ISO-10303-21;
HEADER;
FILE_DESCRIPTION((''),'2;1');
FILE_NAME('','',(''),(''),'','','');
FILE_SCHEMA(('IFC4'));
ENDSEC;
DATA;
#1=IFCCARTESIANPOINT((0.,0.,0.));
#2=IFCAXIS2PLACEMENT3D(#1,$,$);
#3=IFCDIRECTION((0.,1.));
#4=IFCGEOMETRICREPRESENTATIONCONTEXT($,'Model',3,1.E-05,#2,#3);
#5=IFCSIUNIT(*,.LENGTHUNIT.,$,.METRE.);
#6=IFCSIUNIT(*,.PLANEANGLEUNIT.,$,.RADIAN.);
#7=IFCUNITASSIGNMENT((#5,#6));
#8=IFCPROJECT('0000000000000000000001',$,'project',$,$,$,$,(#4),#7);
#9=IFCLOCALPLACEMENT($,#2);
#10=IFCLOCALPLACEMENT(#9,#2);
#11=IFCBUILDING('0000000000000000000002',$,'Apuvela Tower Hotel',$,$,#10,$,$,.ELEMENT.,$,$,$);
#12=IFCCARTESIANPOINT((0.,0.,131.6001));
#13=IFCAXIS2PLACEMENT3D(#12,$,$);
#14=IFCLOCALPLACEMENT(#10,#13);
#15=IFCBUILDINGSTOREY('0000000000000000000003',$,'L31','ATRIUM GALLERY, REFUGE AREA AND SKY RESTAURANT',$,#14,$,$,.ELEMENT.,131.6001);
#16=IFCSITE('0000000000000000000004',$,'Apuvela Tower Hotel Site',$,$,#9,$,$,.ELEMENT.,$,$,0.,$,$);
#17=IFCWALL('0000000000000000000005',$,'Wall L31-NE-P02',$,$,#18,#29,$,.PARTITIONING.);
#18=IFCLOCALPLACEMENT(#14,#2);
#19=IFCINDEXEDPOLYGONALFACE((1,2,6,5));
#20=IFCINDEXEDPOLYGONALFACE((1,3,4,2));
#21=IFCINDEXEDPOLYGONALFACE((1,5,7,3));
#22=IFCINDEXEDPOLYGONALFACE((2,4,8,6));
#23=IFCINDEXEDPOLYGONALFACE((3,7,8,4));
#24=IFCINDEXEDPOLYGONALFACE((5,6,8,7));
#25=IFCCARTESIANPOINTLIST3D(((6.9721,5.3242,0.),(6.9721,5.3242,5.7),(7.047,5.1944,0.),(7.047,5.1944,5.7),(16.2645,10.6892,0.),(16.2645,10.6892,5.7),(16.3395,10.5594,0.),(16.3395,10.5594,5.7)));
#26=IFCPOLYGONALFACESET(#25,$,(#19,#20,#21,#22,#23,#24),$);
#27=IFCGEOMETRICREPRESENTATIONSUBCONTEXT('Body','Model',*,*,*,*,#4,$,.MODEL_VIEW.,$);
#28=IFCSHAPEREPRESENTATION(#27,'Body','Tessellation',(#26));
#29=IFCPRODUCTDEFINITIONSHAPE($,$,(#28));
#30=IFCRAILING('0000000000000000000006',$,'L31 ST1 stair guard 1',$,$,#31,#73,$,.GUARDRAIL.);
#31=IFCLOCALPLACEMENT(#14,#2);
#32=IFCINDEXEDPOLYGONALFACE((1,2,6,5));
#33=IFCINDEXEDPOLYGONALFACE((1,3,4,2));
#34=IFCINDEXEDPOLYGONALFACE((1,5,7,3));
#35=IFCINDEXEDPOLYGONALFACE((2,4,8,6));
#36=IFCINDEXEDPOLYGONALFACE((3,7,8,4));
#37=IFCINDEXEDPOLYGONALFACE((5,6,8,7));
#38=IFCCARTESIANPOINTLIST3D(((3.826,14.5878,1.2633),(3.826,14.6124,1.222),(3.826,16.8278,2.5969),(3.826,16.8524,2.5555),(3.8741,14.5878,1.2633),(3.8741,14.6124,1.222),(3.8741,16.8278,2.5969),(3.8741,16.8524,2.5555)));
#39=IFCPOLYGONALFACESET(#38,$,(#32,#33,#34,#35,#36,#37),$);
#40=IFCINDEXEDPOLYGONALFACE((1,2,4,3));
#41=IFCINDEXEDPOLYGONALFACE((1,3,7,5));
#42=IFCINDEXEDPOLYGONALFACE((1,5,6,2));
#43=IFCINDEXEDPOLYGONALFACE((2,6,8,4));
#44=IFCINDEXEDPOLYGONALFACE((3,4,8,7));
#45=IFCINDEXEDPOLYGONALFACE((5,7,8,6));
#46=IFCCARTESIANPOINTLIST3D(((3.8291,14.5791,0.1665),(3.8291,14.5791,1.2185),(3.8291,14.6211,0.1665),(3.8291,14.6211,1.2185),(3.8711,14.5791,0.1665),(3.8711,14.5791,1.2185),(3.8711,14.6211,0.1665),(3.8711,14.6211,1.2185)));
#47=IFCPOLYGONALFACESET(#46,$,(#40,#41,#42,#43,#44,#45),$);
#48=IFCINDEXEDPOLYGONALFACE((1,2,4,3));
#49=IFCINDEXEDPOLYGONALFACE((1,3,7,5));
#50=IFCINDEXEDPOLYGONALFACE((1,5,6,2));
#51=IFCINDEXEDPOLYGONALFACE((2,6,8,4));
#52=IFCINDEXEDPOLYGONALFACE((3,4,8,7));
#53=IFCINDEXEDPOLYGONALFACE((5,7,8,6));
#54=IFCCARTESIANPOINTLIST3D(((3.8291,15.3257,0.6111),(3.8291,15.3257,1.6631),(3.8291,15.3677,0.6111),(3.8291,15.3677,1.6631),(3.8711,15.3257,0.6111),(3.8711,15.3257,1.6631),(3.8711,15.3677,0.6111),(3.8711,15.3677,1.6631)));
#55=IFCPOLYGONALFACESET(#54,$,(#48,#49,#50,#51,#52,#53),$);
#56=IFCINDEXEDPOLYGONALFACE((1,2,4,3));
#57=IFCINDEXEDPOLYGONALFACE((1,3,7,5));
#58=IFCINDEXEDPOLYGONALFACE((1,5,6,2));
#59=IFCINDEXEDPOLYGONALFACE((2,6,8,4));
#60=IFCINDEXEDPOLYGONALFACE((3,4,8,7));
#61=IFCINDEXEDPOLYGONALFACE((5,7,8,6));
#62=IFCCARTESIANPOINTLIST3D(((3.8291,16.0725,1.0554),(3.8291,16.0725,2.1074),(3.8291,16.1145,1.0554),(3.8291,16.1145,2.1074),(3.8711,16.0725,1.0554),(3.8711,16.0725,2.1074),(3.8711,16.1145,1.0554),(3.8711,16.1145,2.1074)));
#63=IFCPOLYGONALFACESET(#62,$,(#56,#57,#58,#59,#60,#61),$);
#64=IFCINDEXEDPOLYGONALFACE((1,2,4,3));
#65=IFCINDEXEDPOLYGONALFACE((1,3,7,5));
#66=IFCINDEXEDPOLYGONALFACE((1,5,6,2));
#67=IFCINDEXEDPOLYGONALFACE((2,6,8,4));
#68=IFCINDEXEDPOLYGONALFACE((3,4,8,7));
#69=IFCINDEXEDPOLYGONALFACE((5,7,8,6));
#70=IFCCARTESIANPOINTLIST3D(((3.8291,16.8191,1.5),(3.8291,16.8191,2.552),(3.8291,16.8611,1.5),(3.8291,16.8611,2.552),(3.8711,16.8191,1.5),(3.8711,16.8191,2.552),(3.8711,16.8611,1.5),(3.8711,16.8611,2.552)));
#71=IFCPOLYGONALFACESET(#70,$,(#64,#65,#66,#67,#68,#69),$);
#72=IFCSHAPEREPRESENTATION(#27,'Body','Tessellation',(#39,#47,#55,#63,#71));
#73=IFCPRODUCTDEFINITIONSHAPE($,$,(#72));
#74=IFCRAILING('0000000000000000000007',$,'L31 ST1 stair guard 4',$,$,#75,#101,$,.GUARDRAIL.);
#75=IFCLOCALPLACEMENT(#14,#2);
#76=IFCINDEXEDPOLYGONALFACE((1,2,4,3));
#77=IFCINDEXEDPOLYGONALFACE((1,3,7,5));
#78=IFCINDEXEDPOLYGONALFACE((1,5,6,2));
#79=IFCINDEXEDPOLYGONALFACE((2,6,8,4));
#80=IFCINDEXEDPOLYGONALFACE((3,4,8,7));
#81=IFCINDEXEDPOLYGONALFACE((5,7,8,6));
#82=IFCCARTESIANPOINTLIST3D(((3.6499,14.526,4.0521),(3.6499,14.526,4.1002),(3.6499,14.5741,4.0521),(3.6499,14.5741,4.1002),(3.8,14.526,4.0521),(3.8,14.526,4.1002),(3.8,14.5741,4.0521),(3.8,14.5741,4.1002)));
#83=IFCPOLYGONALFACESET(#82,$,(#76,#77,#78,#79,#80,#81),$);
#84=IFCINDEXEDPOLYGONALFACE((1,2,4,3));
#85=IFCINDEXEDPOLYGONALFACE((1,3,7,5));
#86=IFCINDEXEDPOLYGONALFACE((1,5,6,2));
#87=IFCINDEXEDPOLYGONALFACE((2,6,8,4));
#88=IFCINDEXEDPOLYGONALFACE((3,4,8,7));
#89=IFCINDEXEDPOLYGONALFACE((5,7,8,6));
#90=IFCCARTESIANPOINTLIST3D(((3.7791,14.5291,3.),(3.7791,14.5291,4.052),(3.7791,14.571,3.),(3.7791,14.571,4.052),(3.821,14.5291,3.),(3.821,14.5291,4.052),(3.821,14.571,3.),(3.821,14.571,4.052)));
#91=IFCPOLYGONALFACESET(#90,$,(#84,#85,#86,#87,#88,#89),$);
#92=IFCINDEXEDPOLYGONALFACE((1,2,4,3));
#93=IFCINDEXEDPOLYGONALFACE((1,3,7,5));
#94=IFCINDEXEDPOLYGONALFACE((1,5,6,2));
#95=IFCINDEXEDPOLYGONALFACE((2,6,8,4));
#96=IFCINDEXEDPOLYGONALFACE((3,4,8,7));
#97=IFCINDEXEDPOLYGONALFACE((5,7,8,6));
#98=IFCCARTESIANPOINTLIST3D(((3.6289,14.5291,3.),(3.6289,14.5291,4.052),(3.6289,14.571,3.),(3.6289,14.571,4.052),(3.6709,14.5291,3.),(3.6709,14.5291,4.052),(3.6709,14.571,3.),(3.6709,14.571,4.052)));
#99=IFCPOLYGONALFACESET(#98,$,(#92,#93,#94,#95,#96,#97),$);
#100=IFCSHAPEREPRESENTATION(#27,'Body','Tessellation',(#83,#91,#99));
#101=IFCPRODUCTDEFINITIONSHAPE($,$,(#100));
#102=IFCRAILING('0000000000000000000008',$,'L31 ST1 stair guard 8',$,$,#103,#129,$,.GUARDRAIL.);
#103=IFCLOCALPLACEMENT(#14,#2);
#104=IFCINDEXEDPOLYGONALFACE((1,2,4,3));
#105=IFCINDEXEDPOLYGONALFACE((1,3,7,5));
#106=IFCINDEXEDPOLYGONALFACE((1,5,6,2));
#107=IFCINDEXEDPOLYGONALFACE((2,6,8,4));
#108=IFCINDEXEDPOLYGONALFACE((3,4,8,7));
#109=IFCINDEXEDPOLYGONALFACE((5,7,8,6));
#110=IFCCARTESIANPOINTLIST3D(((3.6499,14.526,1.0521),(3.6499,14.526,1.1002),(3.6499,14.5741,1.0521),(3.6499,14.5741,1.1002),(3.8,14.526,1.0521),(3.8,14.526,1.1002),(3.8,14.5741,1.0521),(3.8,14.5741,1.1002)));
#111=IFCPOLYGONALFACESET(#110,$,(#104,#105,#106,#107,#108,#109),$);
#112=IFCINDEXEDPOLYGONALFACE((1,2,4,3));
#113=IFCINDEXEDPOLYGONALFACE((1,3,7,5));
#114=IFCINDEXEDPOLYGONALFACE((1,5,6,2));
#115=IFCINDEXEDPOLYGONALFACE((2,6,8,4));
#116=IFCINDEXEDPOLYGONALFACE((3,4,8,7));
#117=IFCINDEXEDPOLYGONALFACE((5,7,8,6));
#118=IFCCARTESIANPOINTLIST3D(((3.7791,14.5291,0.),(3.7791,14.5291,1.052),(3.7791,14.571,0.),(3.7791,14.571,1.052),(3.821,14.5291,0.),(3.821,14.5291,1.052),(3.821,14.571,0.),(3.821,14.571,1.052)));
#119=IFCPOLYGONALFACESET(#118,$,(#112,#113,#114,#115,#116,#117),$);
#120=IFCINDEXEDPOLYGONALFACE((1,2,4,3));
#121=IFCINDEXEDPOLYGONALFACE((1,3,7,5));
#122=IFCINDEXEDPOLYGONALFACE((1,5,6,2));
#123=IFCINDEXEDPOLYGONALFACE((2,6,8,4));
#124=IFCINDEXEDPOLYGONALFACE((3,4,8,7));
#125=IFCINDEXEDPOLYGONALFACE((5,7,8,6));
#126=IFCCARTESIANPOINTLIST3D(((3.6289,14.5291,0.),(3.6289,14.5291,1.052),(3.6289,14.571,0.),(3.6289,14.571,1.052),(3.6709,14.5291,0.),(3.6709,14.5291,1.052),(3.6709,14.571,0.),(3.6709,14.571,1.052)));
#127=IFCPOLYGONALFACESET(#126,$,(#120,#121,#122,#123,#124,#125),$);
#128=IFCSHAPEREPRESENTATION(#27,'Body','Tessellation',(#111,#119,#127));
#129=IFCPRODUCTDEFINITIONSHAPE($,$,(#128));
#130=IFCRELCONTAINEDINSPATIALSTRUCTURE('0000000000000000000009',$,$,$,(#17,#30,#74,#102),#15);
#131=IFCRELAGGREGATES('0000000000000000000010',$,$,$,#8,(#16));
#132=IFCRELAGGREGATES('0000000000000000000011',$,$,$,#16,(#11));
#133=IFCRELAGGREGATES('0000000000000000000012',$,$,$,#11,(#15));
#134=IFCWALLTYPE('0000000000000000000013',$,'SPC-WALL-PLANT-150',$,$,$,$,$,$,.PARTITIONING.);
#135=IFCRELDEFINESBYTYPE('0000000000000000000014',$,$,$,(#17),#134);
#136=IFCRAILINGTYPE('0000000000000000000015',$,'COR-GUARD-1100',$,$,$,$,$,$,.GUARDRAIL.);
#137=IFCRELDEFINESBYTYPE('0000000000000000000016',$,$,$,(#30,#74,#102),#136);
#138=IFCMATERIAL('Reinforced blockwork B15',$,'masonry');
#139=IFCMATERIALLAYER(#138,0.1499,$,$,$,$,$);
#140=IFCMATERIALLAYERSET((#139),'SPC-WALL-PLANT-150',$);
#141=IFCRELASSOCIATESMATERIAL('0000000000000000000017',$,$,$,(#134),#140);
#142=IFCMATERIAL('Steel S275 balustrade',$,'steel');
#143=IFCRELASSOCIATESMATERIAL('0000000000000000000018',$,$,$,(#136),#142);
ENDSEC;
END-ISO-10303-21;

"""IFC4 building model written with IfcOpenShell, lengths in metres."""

from ifc_helpers import new_model, si_unit, direction, frame, frame_2d, origin, origin_2d, place, context, subcontext, project, spatial, rectangle, extrude, material, layer, layer_set, type_object, element, save


model = new_model("IFC4")

# Units and contexts
model_context = context("Model", 3, precision=1e-05, world=origin(), true_north=direction((0.0, 1.0)))
body_context = subcontext(model_context, "Body", "Model", "MODEL_VIEW")
ifc_project = project(units=[si_unit("LENGTHUNIT", "METRE"), si_unit("PLANEANGLEUNIT", "RADIAN")], contexts=[model_context])

# Site, building, storey
site_placement = place(None, origin())
site = spatial("IfcSite", under=ifc_project, at=site_placement, Name="Apuvela Tower Hotel Site", CompositionType="ELEMENT", RefElevation=0.0)
building_placement = place(site_placement, origin())
building = spatial("IfcBuilding", under=site, at=building_placement, Name="Apuvela Tower Hotel", CompositionType="ELEMENT")
storey_placement = place(building_placement, frame((0.0, 0.0, 131.6001)))
storey = spatial("IfcBuildingStorey", under=building, at=storey_placement, Name="L31", Description="ATRIUM GALLERY, REFUGE AREA AND SKY RESTAURANT", CompositionType="ELEMENT", Elevation=131.6001)

# Wall
ifc_material_1 = material(Name="Reinforced blockwork B15", Category="masonry")
ifc_layer_1 = layer(ifc_material_1, 0.1499)
ifc_layer_set_1 = layer_set([ifc_layer_1], Name="SPC-WALL-PLANT-150")
wall_type_1 = type_object("IfcWallType", Name="SPC-WALL-PLANT-150", PredefinedType="PARTITIONING", material=ifc_layer_set_1)
wall_1_placement = place(storey_placement, frame((16.302, 10.6243, 0.0), z_axis=(0.0, 0.0, 1.0), x_axis=(-0.866026, -0.499998, 0.0)))
element("IfcWall", 1, at=wall_1_placement, inside=storey, type_object=wall_type_1, Name="Wall L31-NE-P02", PredefinedType="PARTITIONING", context=body_context, shape_type="SweptSolid", body=[
    extrude(rectangle(XDim=10.73, YDim=0.1499, at=frame_2d((5.365, 0.0))), origin(), (0.0, 0.0, 1.0), 5.7),
])

# Railings
ifc_material_2 = material(Name="Steel S275 balustrade", Category="steel")
railing_type = type_object("IfcRailingType", Name="COR-GUARD-1100", PredefinedType="GUARDRAIL", material=ifc_material_2)
railing_placement = place(storey_placement, frame((3.8501, 14.6001, 0.1665)))
element("IfcRailing", 2, at=railing_placement, inside=storey, type_object=railing_type, Name="L31 ST1 stair guard 1", PredefinedType="GUARDRAIL", context=body_context, shape_type="SweptSolid", body=[
    extrude(rectangle(XDim=0.0481, YDim=0.0481, at=origin_2d()), frame((0.0, 0.0, 1.0762), z_axis=(0.0, 0.859264, 0.511532), x_axis=(-1.0, 0.0, 0.0)), (0.0, 0.0, 1.0), 2.6069),
    extrude(rectangle(XDim=0.042, YDim=0.042, at=origin_2d()), origin(), (0.0, 0.0, 1.0), 1.052),
    extrude(rectangle(XDim=0.042, YDim=0.042, at=origin_2d()), frame((0.0, 0.7466, 0.4446)), (0.0, 0.0, 1.0), 1.052),
    extrude(rectangle(XDim=0.042, YDim=0.042, at=origin_2d()), frame((0.0, 1.4934, 0.8889)), (0.0, 0.0, 1.0), 1.052),
    extrude(rectangle(XDim=0.042, YDim=0.042, at=origin_2d()), frame((0.0, 2.24, 1.3335)), (0.0, 0.0, 1.0), 1.052),
])
for number, where, name in (
    (3, (3.8, 14.55, 3.0), "L31 ST1 stair guard 4"),
    (4, (3.8, 14.55, 0.0), "L31 ST1 stair guard 8"),
):
    element("IfcRailing", number, at=place(storey_placement, frame(where)), inside=storey, type_object=railing_type, Name=name, PredefinedType="GUARDRAIL", context=body_context, shape_type="SweptSolid", body=[
        extrude(rectangle(XDim=0.0481, YDim=0.0481, at=origin_2d()), frame((0.0, 0.0, 1.0762), z_axis=(-1.0, 0.0, 0.0), x_axis=(0.0, -1.0, 0.0)), (0.0, 0.0, 1.0), 0.1501),
        extrude(rectangle(XDim=0.042, YDim=0.042, at=origin_2d()), origin(), (0.0, 0.0, 1.0), 1.052),
        extrude(rectangle(XDim=0.042, YDim=0.042, at=origin_2d()), frame((-0.1501, 0.0, 0.0)), (0.0, 0.0, 1.0), 1.052),
    ])

save(model, "model.ifc")
